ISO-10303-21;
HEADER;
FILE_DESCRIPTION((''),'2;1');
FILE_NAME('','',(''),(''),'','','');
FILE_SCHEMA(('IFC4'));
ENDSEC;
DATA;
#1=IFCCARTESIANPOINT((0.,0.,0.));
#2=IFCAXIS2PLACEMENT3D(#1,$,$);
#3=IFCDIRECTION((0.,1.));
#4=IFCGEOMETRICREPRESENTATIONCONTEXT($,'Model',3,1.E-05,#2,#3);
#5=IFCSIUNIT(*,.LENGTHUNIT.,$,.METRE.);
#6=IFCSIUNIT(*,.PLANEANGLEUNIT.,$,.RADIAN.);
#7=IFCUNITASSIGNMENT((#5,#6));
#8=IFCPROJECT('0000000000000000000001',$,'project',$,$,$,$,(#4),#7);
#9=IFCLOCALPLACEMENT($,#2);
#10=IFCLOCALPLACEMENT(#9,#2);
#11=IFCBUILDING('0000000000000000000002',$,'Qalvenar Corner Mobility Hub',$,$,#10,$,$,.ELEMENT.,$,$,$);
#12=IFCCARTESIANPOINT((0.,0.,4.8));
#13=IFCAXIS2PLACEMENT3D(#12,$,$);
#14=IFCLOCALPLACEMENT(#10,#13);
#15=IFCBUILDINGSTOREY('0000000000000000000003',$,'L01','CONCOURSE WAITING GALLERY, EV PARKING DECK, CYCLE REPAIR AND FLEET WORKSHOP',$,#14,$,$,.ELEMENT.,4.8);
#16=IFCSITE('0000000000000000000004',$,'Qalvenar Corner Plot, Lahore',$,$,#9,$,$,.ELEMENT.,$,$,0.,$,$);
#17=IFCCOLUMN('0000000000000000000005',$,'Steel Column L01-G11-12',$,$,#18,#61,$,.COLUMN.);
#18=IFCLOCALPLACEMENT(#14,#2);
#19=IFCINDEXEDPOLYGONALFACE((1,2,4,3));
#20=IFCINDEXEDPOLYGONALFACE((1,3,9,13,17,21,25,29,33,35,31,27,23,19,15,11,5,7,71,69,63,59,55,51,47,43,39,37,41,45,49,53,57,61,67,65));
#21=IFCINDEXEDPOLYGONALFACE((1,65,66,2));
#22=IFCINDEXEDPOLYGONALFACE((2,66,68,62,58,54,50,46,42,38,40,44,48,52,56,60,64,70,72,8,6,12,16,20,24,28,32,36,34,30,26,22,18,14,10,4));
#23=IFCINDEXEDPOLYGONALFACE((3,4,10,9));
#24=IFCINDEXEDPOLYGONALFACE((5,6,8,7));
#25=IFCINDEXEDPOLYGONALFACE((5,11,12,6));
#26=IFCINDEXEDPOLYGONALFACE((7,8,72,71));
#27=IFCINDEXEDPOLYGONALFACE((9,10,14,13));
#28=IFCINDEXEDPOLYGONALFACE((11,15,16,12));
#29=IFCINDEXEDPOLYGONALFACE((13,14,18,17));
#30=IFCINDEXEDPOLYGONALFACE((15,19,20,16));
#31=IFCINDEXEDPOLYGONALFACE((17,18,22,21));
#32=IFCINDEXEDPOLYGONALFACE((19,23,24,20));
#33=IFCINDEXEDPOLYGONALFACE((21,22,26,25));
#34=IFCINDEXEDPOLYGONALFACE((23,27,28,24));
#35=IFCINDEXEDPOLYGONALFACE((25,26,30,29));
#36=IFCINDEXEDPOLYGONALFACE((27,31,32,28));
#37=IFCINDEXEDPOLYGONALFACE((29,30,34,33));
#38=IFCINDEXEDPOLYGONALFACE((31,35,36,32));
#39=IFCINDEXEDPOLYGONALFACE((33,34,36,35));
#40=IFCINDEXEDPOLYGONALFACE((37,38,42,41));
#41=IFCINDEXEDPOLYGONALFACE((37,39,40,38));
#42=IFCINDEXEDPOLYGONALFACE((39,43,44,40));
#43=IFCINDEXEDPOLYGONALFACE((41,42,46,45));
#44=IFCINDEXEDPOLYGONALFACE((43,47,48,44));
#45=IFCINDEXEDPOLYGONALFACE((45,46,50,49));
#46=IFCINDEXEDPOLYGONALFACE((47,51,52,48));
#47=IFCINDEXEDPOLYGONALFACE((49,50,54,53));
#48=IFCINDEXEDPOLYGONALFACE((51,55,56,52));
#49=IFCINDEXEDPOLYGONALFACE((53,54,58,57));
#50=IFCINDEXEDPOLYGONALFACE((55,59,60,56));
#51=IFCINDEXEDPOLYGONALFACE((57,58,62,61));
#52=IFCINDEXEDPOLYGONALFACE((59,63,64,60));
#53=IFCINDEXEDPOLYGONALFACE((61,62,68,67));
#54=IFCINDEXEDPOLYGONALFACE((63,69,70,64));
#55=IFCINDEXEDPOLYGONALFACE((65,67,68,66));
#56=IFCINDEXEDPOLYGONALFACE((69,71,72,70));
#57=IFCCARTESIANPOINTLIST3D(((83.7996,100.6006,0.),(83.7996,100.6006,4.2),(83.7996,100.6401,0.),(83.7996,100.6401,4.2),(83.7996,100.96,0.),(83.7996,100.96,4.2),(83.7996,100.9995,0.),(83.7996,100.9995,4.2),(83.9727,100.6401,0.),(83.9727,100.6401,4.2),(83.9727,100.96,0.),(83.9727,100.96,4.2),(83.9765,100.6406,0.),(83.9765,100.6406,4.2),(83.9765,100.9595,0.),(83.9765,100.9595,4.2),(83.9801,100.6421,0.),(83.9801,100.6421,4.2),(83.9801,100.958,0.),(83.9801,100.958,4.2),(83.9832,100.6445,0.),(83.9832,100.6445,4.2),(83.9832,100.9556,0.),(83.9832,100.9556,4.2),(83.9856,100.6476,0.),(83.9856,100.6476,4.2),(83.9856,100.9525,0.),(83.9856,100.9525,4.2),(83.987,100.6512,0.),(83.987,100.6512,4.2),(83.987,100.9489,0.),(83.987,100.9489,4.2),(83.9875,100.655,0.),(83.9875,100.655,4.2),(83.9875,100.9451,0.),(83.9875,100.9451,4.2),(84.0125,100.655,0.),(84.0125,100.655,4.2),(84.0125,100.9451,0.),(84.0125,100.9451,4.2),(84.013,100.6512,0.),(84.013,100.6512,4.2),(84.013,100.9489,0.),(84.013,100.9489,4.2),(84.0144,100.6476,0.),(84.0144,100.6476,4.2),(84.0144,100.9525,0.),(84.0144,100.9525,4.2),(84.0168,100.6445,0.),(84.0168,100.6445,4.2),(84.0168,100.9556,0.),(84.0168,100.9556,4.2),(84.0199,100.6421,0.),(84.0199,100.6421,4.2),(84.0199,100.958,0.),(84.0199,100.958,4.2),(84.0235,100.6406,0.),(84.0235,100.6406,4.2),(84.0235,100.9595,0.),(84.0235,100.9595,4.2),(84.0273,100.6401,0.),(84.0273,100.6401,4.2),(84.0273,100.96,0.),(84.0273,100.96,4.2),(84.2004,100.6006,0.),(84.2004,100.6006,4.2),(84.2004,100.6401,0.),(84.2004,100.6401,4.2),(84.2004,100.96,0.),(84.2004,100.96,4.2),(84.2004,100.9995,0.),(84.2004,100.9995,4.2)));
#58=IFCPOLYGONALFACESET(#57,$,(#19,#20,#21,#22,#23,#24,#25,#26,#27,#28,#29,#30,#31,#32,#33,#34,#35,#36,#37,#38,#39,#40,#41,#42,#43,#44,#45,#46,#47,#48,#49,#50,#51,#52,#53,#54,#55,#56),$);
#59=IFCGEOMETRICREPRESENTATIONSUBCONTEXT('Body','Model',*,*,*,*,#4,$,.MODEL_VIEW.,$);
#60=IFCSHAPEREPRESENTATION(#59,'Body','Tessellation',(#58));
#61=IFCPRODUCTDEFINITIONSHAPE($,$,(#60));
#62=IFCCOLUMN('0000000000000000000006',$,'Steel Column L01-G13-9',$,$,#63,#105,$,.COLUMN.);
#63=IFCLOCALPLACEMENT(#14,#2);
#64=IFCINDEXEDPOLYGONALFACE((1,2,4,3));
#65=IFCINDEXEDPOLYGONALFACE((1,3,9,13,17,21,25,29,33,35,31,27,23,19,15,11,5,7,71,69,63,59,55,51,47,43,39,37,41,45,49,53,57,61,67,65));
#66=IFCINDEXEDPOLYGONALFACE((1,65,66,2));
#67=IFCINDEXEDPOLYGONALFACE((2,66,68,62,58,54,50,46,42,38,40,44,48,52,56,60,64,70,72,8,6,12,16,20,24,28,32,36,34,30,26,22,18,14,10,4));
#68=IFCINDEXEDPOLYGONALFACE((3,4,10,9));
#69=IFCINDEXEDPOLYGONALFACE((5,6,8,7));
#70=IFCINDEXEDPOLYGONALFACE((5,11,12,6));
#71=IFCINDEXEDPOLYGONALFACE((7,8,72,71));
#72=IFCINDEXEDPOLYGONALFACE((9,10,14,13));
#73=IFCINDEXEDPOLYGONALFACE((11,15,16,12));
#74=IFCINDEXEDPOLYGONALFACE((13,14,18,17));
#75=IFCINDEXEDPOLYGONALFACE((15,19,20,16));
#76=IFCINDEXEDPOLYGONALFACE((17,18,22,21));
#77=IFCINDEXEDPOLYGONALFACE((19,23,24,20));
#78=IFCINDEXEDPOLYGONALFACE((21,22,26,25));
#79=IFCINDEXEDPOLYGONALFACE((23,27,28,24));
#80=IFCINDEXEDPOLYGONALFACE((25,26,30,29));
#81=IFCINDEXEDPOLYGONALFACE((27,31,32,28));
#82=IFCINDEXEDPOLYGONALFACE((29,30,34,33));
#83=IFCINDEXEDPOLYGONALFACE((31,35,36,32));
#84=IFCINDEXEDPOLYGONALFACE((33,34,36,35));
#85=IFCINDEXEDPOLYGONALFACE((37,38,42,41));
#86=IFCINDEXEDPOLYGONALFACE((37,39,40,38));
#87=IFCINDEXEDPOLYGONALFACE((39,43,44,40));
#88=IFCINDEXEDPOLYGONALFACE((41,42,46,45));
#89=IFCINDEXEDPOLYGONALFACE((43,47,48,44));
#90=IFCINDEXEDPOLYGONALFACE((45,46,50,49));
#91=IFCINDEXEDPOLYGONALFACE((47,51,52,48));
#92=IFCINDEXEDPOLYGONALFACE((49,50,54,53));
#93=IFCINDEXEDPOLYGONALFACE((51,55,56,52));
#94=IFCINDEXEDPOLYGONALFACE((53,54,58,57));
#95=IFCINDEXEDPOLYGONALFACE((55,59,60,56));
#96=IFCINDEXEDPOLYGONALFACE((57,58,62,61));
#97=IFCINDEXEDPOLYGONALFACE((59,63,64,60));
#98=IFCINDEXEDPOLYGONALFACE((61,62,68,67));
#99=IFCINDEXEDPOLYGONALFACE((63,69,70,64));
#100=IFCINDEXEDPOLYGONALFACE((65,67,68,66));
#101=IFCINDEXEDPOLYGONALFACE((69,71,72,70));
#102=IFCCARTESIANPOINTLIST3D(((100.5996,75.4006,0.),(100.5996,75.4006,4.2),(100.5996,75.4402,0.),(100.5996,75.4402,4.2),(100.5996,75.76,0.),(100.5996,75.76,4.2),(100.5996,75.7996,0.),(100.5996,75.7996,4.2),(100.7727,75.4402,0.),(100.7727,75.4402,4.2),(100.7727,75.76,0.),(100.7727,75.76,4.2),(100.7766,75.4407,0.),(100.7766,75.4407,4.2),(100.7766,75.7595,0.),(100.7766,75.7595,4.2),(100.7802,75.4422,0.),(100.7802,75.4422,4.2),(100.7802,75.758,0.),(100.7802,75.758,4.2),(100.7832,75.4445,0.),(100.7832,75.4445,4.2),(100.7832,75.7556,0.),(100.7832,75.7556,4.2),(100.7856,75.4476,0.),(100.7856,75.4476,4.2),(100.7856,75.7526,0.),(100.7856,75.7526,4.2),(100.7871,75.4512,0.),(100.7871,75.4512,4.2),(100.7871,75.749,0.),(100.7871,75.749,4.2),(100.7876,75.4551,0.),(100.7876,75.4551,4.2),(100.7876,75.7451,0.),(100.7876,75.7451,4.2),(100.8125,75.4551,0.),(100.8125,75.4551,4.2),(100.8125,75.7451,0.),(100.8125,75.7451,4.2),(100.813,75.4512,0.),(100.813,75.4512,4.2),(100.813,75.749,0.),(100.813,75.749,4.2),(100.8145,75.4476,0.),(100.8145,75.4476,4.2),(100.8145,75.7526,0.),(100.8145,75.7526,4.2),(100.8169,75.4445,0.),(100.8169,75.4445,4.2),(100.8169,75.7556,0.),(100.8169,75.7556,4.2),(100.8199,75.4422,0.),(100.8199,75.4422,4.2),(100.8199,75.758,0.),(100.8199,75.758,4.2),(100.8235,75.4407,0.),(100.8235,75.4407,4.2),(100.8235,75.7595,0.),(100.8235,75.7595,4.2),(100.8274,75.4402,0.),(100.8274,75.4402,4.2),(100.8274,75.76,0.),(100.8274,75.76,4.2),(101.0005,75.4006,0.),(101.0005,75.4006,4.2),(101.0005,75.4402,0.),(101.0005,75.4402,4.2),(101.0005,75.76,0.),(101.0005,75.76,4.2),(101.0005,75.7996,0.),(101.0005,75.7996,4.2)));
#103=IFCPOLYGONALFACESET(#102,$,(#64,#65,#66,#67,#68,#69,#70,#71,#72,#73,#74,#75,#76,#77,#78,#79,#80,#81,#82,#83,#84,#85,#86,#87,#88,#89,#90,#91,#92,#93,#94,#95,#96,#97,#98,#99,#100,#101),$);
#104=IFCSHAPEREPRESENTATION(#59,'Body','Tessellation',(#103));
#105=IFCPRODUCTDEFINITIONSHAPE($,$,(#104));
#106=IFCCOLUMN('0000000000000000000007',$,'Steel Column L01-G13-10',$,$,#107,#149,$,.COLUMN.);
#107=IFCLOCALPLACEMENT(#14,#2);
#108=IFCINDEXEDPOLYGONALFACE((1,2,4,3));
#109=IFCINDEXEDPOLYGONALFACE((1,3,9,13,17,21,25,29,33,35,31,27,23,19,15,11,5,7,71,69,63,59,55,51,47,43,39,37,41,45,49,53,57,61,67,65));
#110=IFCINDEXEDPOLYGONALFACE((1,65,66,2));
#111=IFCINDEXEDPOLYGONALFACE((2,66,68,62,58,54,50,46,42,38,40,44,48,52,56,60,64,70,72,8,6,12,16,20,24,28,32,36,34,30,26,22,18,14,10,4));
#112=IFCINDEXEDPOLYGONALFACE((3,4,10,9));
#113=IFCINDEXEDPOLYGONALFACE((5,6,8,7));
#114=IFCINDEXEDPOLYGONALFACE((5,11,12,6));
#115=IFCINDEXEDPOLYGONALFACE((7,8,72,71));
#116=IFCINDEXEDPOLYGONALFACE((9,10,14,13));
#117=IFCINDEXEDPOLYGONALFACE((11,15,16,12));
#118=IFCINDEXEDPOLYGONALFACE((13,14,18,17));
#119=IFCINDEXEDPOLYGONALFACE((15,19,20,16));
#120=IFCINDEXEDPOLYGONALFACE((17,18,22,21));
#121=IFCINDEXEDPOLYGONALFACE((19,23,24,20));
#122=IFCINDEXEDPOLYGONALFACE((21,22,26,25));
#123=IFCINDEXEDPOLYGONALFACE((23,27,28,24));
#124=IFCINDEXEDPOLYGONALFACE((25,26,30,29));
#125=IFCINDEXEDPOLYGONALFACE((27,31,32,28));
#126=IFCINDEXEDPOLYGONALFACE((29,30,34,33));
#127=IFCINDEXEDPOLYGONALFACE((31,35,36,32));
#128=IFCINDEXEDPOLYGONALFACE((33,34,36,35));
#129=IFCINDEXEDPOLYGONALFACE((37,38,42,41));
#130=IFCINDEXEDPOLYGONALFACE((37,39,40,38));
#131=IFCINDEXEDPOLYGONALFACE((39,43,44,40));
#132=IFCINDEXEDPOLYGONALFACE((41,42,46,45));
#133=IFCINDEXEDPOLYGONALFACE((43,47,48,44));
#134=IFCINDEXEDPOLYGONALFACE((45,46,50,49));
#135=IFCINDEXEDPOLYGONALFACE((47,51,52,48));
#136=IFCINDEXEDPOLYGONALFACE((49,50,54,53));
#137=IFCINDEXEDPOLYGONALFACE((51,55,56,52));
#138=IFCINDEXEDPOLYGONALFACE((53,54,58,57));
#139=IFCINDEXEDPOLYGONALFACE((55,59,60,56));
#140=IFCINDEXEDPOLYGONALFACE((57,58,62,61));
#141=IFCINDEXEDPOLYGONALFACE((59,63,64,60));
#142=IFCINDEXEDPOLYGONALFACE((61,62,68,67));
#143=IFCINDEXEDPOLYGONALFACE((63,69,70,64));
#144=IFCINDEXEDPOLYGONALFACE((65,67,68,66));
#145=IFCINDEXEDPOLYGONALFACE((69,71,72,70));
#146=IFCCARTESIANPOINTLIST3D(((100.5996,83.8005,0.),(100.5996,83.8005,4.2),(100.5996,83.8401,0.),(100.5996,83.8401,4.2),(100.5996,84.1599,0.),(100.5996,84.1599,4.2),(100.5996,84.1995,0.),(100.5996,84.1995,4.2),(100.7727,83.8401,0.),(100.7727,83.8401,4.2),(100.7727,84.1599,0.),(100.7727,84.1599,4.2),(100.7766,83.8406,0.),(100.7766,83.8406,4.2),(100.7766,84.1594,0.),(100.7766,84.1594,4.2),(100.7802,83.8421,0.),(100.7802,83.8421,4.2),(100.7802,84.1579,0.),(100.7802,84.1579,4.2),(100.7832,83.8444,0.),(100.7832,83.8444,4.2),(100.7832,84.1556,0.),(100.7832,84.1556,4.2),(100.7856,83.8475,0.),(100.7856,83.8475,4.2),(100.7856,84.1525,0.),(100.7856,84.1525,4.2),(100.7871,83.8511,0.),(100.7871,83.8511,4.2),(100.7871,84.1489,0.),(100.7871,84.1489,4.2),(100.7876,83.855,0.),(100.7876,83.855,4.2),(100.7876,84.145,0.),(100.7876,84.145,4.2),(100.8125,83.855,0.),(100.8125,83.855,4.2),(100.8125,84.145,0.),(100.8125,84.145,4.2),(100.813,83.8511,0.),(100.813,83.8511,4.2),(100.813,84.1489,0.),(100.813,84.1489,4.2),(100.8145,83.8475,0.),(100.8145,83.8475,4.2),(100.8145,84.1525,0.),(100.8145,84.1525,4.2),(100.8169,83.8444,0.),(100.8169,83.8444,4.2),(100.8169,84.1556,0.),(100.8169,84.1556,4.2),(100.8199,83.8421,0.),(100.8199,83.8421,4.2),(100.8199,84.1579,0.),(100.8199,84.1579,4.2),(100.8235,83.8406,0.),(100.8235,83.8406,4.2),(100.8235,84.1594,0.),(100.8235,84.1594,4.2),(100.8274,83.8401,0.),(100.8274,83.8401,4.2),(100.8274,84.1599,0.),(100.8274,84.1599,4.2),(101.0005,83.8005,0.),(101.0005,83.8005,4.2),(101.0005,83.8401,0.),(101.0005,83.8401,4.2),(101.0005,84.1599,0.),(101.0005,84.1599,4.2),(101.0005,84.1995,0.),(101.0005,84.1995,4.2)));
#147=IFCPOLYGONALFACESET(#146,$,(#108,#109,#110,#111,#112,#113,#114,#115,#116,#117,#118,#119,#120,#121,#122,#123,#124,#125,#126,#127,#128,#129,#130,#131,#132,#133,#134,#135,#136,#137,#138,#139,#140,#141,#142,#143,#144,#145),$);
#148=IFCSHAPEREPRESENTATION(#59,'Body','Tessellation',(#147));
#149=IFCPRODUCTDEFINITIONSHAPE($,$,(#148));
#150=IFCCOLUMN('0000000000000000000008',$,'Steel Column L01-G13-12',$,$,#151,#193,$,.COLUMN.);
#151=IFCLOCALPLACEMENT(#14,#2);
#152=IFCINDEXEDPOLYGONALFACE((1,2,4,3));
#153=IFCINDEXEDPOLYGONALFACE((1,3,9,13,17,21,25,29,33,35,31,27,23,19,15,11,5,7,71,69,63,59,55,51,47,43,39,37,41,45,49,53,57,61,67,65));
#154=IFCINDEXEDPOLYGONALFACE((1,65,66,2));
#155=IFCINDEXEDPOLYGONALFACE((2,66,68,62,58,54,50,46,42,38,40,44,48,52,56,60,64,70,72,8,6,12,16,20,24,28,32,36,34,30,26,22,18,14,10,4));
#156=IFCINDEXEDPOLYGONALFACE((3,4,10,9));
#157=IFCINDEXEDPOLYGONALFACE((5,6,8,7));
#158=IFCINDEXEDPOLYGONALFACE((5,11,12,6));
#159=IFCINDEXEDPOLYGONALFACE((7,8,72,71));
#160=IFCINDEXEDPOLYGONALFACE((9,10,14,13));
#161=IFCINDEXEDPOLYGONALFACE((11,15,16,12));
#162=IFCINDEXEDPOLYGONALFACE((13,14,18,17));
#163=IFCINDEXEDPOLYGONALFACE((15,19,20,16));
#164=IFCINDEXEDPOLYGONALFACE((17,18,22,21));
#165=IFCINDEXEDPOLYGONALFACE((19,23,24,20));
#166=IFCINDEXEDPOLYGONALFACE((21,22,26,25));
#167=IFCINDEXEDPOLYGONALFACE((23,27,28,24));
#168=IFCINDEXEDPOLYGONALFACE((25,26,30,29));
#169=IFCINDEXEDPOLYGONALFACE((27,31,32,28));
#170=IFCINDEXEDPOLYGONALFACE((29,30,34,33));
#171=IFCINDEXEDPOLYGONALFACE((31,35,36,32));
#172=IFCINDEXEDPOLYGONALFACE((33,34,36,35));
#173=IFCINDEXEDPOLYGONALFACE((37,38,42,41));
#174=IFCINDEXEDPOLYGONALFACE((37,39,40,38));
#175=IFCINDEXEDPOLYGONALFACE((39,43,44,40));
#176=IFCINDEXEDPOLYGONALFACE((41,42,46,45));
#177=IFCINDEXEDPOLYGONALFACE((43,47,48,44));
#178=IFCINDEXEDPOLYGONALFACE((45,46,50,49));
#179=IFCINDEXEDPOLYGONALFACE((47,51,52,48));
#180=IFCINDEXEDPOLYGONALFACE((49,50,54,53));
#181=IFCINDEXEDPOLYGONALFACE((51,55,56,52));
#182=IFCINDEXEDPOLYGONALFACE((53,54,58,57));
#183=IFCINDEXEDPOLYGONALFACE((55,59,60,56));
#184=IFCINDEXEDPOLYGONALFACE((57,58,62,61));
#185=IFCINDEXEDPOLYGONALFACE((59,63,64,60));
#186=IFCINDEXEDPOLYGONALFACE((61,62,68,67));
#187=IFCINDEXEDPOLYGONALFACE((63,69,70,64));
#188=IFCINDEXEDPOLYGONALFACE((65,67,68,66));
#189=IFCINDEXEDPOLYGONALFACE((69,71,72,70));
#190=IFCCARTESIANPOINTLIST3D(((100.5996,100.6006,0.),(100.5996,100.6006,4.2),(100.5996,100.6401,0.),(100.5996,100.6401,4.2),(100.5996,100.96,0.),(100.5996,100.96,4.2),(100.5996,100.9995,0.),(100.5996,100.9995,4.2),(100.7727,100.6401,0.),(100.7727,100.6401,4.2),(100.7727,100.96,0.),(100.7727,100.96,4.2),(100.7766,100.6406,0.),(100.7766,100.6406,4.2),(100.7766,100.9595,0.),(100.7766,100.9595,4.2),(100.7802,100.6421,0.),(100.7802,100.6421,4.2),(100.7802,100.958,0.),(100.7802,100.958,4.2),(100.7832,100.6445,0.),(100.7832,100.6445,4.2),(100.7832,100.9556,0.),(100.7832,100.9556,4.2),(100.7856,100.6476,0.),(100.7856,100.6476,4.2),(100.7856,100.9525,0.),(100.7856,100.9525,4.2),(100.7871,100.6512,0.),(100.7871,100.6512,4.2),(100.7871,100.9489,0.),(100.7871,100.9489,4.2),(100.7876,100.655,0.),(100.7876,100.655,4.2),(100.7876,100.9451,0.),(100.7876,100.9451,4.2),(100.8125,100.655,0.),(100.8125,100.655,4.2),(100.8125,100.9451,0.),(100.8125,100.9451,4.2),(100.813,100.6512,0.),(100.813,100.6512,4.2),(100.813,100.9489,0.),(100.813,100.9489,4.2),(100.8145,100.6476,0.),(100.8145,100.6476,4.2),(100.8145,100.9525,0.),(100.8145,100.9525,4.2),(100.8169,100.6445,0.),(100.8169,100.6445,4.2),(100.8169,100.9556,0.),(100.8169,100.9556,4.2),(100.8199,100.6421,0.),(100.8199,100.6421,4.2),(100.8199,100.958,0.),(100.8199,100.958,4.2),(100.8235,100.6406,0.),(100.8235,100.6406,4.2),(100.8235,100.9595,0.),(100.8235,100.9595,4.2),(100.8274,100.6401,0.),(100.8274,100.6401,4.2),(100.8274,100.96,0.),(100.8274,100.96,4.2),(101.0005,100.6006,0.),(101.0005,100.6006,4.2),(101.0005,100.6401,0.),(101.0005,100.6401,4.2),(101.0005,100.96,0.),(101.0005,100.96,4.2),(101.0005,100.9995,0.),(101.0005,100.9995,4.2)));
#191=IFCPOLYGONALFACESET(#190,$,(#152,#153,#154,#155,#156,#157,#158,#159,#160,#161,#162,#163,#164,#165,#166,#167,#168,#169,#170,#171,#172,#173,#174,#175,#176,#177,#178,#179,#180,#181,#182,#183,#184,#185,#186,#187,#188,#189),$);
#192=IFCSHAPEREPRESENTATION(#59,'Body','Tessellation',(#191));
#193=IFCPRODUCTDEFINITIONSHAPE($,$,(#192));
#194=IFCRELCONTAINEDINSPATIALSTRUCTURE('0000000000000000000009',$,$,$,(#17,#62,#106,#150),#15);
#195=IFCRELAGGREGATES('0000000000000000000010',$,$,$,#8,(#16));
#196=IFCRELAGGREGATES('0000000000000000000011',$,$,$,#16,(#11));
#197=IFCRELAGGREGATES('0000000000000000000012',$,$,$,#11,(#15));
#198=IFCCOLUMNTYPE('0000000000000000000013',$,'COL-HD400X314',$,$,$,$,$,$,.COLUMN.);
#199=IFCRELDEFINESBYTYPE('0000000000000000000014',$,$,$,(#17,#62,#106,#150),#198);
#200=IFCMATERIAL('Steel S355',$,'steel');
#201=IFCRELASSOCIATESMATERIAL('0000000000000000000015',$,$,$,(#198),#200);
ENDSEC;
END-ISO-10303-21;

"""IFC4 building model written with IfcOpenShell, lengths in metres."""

from ifc_helpers import new_model, si_unit, direction, frame, origin, origin_2d, place, context, subcontext, project, spatial, i_section, extrude, material, material_profile, profile_set, type_object, element, save


model = new_model("IFC4")

# Units and contexts
model_context = context("Model", 3, precision=1e-05, world=origin(), true_north=direction((0.0, 1.0)))
body_context = subcontext(model_context, "Body", "Model", "MODEL_VIEW")
ifc_project = project(units=[si_unit("LENGTHUNIT", "METRE"), si_unit("PLANEANGLEUNIT", "RADIAN")], contexts=[model_context])

# Site, building, storey
site_placement = place(None, origin())
site = spatial("IfcSite", under=ifc_project, at=site_placement, Name="Qalvenar Corner Plot, Lahore", CompositionType="ELEMENT", RefElevation=0.0)
building_placement = place(site_placement, origin())
building = spatial("IfcBuilding", under=site, at=building_placement, Name="Qalvenar Corner Mobility Hub", CompositionType="ELEMENT")
storey_placement = place(building_placement, frame((0.0, 0.0, 4.8)))
storey = spatial("IfcBuildingStorey", under=building, at=storey_placement, Name="L01", Description="CONCOURSE WAITING GALLERY, EV PARKING DECK, CYCLE REPAIR AND FLEET WORKSHOP", CompositionType="ELEMENT", Elevation=4.8)

# Columns
ifc_material_1 = material(Name="Steel S355", Category="steel")
ifc_material_profile_1 = material_profile(ifc_material_1, i_section(OverallWidth=0.4009, OverallDepth=0.3989, WebThickness=0.0249, FlangeThickness=0.0396, FilletRadius=0.0149, at=origin_2d()), Name="HD400x314")
ifc_profile_set_1 = profile_set([ifc_material_profile_1], Name="Steel S355")
column_type_1 = type_object("IfcColumnType", Name="COL-HD400X314", PredefinedType="COLUMN", material=ifc_profile_set_1)
for number, where, z_axis, x_axis, name in (
    (1, (84.0, 100.8, 0.0), (0.0, 0.0, 1.0), (1.0, 0.0, 0.0), "Steel Column L01-G11-12"),
    (2, (100.8, 75.6001, 0.0), (0.0, 0.0, 1.0), (1.0, 0.0, 0.0), "Steel Column L01-G13-9"),
    (3, (100.8, 84.0, 0.0), (0.0, 0.0, 1.0), (1.0, 0.0, 0.0), "Steel Column L01-G13-10"),
    (4, (100.8, 100.8, 0.0), (0.0, 0.0, 1.0), (1.0, 0.0, 0.0), "Steel Column L01-G13-12"),
):
    element("IfcColumn", number, at=place(storey_placement, frame(where, z_axis=z_axis, x_axis=x_axis)), inside=storey, type_object=column_type_1, Name=name, PredefinedType="COLUMN", context=body_context, shape_type="SweptSolid", body=[
        extrude(i_section(OverallWidth=0.4009, OverallDepth=0.3989, WebThickness=0.0249, FlangeThickness=0.0396, FilletRadius=0.0149, at=origin_2d()), origin(), (0.0, 0.0, 1.0), 4.2),
    ])

save(model, "model.ifc")
